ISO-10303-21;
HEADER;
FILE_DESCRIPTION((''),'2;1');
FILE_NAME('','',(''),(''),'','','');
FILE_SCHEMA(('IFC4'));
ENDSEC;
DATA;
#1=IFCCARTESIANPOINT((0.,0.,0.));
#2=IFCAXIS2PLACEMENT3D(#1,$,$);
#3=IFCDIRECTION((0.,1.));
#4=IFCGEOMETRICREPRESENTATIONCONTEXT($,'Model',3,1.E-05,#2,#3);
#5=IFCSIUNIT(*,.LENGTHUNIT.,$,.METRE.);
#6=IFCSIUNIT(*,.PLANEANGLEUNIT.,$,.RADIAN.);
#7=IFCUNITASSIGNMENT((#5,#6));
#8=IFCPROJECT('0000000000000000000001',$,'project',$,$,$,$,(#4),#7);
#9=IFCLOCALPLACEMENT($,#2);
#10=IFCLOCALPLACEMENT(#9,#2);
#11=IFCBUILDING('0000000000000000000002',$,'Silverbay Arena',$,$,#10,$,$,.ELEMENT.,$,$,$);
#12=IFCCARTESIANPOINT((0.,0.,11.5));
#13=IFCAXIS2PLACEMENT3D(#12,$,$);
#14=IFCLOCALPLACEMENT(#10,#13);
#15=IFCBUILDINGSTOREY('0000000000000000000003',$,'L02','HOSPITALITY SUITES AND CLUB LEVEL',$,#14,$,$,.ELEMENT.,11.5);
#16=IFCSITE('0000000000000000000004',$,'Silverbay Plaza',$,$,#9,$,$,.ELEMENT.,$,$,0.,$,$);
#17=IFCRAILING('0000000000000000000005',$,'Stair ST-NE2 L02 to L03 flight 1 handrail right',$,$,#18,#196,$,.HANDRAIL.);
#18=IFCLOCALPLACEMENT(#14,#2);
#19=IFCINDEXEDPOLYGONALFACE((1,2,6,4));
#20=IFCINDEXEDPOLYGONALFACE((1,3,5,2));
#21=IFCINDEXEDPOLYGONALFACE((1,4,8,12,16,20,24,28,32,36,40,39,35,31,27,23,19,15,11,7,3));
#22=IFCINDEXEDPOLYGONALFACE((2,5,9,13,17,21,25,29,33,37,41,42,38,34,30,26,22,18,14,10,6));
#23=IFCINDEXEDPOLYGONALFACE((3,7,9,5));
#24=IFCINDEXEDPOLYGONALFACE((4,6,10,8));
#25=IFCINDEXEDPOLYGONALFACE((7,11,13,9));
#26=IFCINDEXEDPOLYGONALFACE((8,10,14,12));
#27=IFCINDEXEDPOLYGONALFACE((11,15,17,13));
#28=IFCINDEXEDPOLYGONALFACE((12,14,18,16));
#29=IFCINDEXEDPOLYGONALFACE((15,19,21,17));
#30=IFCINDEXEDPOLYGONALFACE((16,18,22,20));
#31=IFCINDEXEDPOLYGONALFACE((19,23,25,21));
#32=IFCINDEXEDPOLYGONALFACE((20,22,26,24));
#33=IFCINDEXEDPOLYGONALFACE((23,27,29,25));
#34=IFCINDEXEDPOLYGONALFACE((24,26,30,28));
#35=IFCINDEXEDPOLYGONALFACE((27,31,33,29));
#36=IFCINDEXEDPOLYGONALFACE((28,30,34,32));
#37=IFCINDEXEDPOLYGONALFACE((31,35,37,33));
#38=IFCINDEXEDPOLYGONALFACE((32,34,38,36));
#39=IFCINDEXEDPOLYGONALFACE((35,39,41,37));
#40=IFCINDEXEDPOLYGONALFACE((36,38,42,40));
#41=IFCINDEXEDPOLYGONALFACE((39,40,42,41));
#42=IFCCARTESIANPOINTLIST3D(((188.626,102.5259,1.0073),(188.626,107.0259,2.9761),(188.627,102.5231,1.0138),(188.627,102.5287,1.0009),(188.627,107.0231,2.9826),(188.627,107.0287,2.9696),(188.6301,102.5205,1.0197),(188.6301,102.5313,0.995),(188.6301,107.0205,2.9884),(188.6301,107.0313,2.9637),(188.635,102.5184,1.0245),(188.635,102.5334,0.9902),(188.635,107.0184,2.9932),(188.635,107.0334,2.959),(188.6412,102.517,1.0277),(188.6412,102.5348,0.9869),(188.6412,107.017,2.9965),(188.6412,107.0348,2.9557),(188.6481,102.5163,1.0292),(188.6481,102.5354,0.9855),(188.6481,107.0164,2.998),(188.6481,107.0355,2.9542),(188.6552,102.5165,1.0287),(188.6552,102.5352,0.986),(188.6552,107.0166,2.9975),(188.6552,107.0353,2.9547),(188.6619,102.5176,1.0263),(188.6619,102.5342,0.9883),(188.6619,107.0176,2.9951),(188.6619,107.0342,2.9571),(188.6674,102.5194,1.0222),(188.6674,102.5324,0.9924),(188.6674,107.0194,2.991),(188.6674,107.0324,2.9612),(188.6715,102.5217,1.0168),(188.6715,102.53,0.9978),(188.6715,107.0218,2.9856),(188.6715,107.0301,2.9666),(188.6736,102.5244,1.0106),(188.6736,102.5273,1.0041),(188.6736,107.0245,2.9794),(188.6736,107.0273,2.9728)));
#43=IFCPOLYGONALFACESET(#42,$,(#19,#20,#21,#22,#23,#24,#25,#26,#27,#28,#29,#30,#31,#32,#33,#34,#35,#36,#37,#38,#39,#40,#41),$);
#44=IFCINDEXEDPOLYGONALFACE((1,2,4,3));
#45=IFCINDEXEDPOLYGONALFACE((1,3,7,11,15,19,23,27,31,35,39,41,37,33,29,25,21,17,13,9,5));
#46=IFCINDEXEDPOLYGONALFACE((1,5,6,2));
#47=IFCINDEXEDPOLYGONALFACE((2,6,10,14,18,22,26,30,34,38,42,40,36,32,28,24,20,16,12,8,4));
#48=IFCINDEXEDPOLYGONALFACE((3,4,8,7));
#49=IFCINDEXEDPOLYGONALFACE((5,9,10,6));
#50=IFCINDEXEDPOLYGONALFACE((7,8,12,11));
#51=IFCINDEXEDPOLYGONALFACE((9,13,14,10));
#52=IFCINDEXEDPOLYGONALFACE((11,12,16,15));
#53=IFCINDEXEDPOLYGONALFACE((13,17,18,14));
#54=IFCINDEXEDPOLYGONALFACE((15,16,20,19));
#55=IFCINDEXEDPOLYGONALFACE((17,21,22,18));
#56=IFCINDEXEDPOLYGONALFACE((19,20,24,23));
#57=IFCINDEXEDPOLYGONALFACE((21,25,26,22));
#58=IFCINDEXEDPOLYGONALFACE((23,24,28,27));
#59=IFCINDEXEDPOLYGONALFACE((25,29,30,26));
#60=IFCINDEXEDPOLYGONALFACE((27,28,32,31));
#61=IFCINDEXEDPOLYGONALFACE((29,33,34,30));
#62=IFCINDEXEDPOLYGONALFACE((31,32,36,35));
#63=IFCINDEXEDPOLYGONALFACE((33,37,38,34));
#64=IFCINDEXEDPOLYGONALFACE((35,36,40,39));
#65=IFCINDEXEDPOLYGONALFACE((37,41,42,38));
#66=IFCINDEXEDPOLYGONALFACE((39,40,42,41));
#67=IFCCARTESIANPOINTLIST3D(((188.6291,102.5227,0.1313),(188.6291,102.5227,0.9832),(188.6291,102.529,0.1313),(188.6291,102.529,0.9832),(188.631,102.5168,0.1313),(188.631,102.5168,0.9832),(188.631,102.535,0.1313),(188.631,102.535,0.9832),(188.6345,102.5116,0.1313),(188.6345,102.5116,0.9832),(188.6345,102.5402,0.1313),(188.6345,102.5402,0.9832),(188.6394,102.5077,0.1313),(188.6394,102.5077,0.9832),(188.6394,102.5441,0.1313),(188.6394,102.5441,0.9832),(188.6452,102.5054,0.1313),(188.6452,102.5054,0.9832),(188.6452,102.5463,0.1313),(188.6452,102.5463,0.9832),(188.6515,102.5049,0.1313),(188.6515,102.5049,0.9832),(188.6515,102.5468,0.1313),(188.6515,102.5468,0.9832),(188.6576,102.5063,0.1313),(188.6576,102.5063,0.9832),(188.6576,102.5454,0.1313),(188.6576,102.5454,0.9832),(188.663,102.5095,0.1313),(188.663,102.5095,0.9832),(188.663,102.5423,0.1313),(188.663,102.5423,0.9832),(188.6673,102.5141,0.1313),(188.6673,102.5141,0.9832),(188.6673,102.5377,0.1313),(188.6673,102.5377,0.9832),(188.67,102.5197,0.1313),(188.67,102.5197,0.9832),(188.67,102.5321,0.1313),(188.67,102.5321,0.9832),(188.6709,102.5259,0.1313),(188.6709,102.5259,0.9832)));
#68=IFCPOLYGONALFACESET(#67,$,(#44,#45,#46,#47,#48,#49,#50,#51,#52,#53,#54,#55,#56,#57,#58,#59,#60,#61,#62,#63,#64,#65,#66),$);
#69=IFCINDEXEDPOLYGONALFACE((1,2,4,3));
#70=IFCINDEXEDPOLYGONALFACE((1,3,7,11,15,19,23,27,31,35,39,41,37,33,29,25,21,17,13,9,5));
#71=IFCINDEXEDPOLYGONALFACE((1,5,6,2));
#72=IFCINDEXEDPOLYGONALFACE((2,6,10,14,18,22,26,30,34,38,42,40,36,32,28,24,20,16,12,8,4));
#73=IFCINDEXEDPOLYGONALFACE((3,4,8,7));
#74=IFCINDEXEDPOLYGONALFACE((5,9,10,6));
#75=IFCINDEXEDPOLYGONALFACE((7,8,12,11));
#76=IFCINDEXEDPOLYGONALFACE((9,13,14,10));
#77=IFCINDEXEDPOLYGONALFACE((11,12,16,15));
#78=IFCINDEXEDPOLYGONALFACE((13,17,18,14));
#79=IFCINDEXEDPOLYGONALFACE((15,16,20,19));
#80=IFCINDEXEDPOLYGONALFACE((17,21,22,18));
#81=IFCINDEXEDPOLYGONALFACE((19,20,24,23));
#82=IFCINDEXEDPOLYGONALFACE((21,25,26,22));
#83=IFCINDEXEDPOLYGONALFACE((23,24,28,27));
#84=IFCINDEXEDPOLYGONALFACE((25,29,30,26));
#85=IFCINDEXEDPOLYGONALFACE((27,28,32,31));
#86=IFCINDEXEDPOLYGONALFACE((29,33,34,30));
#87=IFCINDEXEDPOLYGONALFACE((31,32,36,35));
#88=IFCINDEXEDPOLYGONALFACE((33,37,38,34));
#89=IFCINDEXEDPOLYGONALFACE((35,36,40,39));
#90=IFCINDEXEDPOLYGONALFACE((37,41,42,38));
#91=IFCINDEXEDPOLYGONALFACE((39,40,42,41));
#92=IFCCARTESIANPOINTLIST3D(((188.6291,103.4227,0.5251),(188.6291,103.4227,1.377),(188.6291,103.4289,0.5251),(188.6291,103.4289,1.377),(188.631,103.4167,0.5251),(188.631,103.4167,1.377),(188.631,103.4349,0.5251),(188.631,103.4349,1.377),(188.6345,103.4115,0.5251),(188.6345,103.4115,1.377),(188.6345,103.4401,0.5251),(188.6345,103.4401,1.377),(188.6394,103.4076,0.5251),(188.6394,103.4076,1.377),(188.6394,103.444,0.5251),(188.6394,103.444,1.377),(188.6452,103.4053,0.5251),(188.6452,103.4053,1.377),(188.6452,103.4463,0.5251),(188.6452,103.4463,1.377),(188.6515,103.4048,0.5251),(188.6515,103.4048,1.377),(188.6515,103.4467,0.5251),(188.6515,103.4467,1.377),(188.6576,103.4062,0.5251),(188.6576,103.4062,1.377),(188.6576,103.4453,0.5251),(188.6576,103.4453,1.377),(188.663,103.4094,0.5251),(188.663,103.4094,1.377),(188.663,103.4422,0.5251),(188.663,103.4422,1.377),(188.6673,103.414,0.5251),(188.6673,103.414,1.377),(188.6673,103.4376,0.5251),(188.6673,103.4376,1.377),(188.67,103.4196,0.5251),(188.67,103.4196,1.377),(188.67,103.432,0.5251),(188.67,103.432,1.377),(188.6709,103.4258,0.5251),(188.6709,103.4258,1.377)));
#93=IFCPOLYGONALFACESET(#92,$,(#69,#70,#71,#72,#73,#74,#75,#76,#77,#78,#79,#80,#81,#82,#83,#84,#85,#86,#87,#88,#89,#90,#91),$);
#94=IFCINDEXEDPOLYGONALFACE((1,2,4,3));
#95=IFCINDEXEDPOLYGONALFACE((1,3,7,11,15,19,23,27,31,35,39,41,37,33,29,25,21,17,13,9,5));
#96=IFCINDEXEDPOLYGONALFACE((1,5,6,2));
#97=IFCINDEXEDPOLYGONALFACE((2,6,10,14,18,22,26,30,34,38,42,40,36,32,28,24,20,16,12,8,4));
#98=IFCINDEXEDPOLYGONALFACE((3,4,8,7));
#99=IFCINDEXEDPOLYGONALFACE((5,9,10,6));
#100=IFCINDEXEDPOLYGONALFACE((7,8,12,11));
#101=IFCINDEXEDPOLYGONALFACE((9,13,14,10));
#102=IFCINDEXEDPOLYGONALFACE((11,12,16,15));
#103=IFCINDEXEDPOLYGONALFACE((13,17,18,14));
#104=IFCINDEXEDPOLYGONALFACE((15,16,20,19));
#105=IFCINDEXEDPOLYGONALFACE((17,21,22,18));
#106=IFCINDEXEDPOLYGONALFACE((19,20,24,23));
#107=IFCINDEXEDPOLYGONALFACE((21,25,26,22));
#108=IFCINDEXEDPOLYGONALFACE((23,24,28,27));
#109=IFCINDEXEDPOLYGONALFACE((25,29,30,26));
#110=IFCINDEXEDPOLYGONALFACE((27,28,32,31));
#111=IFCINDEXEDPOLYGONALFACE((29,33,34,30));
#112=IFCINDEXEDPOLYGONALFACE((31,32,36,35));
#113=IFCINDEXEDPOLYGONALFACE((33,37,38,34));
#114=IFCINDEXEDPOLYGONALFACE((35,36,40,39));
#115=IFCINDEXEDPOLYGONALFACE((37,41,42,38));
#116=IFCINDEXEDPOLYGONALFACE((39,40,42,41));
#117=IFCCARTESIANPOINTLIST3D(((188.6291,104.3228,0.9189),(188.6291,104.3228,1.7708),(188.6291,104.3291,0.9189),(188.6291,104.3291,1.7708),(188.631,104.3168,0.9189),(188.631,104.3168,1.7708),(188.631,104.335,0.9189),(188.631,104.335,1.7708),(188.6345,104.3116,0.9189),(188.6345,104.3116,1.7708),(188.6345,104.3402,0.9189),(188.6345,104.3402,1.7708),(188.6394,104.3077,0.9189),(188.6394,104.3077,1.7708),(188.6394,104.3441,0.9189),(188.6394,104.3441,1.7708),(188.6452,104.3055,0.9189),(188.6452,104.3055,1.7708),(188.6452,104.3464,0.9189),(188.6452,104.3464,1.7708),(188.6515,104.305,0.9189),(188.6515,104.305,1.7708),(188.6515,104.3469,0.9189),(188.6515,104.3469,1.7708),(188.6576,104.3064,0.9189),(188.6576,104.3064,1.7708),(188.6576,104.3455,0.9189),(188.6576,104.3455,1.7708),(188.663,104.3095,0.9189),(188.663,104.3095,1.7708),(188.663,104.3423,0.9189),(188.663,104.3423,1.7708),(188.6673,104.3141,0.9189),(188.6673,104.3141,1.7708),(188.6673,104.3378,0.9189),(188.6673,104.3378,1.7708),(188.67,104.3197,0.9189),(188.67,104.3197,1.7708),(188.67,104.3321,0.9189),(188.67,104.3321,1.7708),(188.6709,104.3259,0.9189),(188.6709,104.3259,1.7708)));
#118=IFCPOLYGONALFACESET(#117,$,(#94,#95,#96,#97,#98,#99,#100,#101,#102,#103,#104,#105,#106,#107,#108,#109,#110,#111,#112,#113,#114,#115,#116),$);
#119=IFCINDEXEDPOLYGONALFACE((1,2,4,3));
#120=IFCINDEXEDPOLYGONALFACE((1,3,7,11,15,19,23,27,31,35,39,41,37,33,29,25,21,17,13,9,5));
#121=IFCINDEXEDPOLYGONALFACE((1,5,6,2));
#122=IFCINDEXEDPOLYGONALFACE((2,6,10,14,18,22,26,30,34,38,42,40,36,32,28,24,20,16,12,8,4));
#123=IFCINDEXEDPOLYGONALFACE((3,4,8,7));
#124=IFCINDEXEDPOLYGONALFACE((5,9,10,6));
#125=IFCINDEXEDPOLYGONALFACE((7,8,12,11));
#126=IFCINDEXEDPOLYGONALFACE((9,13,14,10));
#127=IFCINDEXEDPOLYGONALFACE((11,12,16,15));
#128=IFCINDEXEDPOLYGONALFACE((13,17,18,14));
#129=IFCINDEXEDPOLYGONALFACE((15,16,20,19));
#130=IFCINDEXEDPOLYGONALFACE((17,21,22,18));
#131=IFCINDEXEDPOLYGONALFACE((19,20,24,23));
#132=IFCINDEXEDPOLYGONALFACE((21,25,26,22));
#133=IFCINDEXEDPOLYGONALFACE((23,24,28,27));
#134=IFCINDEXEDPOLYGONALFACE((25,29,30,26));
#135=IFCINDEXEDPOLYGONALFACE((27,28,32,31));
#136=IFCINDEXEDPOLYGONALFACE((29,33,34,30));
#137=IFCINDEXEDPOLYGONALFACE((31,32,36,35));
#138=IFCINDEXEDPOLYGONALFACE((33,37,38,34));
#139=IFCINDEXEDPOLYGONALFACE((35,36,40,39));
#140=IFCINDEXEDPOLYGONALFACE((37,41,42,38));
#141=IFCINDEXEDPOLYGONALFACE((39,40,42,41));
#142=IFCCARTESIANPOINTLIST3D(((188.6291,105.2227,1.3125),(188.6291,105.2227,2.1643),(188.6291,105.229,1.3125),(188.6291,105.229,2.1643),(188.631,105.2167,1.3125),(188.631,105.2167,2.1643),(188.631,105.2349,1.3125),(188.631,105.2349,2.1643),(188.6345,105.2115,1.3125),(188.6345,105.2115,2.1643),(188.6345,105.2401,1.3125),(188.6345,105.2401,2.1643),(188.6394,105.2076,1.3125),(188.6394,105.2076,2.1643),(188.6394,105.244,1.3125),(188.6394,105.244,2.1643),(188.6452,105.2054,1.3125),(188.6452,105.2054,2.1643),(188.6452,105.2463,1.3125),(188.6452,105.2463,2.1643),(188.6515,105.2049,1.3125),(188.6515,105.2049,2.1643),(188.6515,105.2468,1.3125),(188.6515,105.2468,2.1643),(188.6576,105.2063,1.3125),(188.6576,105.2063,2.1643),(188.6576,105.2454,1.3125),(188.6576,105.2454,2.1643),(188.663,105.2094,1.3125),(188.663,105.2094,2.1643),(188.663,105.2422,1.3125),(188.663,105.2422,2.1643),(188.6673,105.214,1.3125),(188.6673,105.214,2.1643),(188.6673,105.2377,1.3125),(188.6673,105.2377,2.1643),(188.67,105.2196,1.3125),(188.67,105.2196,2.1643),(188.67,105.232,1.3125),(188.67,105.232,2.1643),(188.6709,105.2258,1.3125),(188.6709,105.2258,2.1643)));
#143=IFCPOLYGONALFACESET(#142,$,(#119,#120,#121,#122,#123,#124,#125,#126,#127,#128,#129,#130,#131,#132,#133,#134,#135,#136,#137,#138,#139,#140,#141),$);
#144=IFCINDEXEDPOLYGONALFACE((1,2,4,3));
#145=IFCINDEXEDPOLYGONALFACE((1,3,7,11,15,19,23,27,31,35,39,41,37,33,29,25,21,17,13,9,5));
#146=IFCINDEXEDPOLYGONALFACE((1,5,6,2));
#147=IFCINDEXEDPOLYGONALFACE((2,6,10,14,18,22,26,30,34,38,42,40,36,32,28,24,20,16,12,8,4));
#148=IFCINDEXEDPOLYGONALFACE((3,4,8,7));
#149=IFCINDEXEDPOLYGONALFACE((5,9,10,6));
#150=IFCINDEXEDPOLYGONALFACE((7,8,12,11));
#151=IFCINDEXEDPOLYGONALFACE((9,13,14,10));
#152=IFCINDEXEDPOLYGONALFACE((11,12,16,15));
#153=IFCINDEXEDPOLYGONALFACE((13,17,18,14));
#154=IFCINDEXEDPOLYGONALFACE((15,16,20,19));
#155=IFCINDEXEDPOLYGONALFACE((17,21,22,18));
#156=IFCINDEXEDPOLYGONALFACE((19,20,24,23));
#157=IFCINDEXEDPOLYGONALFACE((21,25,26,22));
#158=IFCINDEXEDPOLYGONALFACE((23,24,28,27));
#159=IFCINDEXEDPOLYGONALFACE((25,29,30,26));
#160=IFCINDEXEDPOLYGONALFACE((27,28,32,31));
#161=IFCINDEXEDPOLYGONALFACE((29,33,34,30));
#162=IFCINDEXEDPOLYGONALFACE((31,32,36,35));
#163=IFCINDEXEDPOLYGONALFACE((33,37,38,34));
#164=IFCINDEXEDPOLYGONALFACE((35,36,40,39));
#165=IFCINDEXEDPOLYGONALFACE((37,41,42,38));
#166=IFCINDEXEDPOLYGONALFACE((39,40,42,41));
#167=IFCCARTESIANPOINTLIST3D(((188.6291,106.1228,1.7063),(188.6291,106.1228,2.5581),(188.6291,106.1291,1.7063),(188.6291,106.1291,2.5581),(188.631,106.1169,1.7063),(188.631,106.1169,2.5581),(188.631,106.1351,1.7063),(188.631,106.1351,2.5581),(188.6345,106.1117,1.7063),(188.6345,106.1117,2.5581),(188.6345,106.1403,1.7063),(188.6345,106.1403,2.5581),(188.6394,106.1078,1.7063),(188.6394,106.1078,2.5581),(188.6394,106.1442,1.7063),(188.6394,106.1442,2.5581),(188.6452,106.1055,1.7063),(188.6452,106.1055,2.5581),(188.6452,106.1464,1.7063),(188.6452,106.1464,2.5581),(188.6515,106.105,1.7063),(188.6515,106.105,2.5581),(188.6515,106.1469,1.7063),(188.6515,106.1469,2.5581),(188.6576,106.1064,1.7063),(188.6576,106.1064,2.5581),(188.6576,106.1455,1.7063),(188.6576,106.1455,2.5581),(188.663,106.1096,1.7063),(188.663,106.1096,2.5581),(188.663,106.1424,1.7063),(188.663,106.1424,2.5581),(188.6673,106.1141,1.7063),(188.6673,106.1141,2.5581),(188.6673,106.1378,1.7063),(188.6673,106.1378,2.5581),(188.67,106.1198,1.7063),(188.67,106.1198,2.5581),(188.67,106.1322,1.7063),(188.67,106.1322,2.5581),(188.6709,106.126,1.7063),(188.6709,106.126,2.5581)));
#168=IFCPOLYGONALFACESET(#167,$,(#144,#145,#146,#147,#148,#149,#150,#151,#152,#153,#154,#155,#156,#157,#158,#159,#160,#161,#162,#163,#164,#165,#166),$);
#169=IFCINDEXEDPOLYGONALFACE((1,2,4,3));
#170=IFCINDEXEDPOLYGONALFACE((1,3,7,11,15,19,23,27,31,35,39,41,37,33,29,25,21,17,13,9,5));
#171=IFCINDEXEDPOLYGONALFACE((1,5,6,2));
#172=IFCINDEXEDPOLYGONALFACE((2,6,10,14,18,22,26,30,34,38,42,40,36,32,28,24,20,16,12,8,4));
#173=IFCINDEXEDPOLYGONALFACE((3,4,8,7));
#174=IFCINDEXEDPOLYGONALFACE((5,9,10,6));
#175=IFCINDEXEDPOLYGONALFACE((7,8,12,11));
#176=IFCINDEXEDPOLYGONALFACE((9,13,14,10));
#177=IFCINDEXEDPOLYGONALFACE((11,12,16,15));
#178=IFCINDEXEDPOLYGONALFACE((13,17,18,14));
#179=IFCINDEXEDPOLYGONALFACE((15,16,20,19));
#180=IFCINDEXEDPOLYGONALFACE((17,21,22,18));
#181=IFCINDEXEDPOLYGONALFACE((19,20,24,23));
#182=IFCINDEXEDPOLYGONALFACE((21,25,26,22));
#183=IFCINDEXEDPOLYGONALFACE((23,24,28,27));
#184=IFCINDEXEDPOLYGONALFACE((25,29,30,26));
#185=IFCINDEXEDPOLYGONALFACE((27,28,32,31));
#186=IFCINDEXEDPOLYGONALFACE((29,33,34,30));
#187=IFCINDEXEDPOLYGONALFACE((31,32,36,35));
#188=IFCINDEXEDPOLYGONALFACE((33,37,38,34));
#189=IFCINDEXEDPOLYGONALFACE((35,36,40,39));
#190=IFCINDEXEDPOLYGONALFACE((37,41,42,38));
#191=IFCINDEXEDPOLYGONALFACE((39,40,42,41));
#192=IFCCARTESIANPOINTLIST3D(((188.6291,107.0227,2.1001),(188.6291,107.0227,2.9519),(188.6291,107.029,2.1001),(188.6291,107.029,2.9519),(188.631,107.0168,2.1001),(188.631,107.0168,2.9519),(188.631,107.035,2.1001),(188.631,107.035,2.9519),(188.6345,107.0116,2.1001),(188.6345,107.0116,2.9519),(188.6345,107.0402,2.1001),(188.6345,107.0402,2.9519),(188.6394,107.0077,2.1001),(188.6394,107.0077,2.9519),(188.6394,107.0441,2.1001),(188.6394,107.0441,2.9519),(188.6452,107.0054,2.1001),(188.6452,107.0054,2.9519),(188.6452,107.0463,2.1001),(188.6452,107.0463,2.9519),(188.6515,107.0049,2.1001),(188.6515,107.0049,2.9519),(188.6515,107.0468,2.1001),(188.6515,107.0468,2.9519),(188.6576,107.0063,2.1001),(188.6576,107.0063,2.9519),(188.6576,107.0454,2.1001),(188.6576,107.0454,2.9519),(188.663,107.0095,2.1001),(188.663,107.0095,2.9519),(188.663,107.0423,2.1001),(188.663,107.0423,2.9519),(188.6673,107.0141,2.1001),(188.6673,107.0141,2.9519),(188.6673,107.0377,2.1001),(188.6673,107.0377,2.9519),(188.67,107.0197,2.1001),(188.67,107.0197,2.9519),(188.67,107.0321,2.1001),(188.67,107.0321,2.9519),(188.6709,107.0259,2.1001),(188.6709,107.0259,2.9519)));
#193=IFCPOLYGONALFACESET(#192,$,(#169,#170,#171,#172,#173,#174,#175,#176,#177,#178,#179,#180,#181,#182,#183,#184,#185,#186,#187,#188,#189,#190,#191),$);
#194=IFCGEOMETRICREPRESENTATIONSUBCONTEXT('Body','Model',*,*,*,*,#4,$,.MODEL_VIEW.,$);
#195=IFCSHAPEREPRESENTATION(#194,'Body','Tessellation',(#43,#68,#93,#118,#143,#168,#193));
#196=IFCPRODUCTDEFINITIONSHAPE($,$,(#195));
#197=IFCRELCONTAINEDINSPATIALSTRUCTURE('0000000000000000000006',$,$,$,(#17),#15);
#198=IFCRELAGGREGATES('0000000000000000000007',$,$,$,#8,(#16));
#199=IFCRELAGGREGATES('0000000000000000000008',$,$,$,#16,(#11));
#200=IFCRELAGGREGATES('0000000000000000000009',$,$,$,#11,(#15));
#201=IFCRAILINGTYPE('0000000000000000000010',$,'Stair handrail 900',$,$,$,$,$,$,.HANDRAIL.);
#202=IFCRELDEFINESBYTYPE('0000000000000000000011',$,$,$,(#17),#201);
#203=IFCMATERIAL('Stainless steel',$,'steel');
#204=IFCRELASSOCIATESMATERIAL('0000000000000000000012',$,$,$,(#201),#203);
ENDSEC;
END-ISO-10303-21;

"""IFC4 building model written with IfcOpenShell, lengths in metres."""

from ifc_helpers import new_model, si_unit, direction, frame, origin, origin_2d, place, context, subcontext, project, spatial, circle, extrude, material, type_object, element, save


model = new_model("IFC4")

# Units and contexts
model_context = context("Model", 3, precision=1e-05, world=origin(), true_north=direction((0.0, 1.0)))
body_context = subcontext(model_context, "Body", "Model", "MODEL_VIEW")
ifc_project = project(units=[si_unit("LENGTHUNIT", "METRE"), si_unit("PLANEANGLEUNIT", "RADIAN")], contexts=[model_context])

# Site, building, storey
site_placement = place(None, origin())
site = spatial("IfcSite", under=ifc_project, at=site_placement, Name="Silverbay Plaza", CompositionType="ELEMENT", RefElevation=0.0)
building_placement = place(site_placement, origin())
building = spatial("IfcBuilding", under=site, at=building_placement, Name="Silverbay Arena", CompositionType="ELEMENT")
storey_placement = place(building_placement, frame((0.0, 0.0, 11.5)))
storey = spatial("IfcBuildingStorey", under=building, at=storey_placement, Name="L02", Description="HOSPITALITY SUITES AND CLUB LEVEL", CompositionType="ELEMENT", Elevation=11.5)

# Railing
ifc_material_1 = material(Name="Stainless steel", Category="steel")
railing_type_1 = type_object("IfcRailingType", Name="Stair handrail 900", PredefinedType="HANDRAIL", material=ifc_material_1)
for number, where, name in (
    (1, (188.6499, 102.5259, 0.1313), "Stair ST-NE2 L02 to L03 flight 1 handrail right"),
):
    element("IfcRailing", number, at=place(storey_placement, frame(where)), inside=storey, type_object=railing_type_1, Name=name, PredefinedType="HANDRAIL", context=body_context, shape_type="SweptSolid", body=[
        extrude(circle(Radius=0.0239, at=origin_2d()), frame((0.0, 0.0, 0.876), z_axis=(0.0, 0.916157, 0.400819), x_axis=(-1.0, 0.0, 0.0)), (0.0, 0.0, 1.0), 4.9119),
        extrude(circle(Radius=0.021, at=origin_2d()), origin(), (0.0, 0.0, 1.0), 0.8518),
        extrude(circle(Radius=0.021, at=origin_2d()), frame((0.0, 0.8999, 0.3938)), (0.0, 0.0, 1.0), 0.8518),
        extrude(circle(Radius=0.021, at=origin_2d()), frame((0.0, 1.8, 0.7876)), (0.0, 0.0, 1.0), 0.8518),
        extrude(circle(Radius=0.021, at=origin_2d()), frame((0.0, 2.7, 1.1812)), (0.0, 0.0, 1.0), 0.8518),
        extrude(circle(Radius=0.021, at=origin_2d()), frame((0.0, 3.6001, 1.575)), (0.0, 0.0, 1.0), 0.8518),
        extrude(circle(Radius=0.021, at=origin_2d()), frame((0.0, 4.5, 1.9688)), (0.0, 0.0, 1.0), 0.8518),
    ])

save(model, "model.ifc")
